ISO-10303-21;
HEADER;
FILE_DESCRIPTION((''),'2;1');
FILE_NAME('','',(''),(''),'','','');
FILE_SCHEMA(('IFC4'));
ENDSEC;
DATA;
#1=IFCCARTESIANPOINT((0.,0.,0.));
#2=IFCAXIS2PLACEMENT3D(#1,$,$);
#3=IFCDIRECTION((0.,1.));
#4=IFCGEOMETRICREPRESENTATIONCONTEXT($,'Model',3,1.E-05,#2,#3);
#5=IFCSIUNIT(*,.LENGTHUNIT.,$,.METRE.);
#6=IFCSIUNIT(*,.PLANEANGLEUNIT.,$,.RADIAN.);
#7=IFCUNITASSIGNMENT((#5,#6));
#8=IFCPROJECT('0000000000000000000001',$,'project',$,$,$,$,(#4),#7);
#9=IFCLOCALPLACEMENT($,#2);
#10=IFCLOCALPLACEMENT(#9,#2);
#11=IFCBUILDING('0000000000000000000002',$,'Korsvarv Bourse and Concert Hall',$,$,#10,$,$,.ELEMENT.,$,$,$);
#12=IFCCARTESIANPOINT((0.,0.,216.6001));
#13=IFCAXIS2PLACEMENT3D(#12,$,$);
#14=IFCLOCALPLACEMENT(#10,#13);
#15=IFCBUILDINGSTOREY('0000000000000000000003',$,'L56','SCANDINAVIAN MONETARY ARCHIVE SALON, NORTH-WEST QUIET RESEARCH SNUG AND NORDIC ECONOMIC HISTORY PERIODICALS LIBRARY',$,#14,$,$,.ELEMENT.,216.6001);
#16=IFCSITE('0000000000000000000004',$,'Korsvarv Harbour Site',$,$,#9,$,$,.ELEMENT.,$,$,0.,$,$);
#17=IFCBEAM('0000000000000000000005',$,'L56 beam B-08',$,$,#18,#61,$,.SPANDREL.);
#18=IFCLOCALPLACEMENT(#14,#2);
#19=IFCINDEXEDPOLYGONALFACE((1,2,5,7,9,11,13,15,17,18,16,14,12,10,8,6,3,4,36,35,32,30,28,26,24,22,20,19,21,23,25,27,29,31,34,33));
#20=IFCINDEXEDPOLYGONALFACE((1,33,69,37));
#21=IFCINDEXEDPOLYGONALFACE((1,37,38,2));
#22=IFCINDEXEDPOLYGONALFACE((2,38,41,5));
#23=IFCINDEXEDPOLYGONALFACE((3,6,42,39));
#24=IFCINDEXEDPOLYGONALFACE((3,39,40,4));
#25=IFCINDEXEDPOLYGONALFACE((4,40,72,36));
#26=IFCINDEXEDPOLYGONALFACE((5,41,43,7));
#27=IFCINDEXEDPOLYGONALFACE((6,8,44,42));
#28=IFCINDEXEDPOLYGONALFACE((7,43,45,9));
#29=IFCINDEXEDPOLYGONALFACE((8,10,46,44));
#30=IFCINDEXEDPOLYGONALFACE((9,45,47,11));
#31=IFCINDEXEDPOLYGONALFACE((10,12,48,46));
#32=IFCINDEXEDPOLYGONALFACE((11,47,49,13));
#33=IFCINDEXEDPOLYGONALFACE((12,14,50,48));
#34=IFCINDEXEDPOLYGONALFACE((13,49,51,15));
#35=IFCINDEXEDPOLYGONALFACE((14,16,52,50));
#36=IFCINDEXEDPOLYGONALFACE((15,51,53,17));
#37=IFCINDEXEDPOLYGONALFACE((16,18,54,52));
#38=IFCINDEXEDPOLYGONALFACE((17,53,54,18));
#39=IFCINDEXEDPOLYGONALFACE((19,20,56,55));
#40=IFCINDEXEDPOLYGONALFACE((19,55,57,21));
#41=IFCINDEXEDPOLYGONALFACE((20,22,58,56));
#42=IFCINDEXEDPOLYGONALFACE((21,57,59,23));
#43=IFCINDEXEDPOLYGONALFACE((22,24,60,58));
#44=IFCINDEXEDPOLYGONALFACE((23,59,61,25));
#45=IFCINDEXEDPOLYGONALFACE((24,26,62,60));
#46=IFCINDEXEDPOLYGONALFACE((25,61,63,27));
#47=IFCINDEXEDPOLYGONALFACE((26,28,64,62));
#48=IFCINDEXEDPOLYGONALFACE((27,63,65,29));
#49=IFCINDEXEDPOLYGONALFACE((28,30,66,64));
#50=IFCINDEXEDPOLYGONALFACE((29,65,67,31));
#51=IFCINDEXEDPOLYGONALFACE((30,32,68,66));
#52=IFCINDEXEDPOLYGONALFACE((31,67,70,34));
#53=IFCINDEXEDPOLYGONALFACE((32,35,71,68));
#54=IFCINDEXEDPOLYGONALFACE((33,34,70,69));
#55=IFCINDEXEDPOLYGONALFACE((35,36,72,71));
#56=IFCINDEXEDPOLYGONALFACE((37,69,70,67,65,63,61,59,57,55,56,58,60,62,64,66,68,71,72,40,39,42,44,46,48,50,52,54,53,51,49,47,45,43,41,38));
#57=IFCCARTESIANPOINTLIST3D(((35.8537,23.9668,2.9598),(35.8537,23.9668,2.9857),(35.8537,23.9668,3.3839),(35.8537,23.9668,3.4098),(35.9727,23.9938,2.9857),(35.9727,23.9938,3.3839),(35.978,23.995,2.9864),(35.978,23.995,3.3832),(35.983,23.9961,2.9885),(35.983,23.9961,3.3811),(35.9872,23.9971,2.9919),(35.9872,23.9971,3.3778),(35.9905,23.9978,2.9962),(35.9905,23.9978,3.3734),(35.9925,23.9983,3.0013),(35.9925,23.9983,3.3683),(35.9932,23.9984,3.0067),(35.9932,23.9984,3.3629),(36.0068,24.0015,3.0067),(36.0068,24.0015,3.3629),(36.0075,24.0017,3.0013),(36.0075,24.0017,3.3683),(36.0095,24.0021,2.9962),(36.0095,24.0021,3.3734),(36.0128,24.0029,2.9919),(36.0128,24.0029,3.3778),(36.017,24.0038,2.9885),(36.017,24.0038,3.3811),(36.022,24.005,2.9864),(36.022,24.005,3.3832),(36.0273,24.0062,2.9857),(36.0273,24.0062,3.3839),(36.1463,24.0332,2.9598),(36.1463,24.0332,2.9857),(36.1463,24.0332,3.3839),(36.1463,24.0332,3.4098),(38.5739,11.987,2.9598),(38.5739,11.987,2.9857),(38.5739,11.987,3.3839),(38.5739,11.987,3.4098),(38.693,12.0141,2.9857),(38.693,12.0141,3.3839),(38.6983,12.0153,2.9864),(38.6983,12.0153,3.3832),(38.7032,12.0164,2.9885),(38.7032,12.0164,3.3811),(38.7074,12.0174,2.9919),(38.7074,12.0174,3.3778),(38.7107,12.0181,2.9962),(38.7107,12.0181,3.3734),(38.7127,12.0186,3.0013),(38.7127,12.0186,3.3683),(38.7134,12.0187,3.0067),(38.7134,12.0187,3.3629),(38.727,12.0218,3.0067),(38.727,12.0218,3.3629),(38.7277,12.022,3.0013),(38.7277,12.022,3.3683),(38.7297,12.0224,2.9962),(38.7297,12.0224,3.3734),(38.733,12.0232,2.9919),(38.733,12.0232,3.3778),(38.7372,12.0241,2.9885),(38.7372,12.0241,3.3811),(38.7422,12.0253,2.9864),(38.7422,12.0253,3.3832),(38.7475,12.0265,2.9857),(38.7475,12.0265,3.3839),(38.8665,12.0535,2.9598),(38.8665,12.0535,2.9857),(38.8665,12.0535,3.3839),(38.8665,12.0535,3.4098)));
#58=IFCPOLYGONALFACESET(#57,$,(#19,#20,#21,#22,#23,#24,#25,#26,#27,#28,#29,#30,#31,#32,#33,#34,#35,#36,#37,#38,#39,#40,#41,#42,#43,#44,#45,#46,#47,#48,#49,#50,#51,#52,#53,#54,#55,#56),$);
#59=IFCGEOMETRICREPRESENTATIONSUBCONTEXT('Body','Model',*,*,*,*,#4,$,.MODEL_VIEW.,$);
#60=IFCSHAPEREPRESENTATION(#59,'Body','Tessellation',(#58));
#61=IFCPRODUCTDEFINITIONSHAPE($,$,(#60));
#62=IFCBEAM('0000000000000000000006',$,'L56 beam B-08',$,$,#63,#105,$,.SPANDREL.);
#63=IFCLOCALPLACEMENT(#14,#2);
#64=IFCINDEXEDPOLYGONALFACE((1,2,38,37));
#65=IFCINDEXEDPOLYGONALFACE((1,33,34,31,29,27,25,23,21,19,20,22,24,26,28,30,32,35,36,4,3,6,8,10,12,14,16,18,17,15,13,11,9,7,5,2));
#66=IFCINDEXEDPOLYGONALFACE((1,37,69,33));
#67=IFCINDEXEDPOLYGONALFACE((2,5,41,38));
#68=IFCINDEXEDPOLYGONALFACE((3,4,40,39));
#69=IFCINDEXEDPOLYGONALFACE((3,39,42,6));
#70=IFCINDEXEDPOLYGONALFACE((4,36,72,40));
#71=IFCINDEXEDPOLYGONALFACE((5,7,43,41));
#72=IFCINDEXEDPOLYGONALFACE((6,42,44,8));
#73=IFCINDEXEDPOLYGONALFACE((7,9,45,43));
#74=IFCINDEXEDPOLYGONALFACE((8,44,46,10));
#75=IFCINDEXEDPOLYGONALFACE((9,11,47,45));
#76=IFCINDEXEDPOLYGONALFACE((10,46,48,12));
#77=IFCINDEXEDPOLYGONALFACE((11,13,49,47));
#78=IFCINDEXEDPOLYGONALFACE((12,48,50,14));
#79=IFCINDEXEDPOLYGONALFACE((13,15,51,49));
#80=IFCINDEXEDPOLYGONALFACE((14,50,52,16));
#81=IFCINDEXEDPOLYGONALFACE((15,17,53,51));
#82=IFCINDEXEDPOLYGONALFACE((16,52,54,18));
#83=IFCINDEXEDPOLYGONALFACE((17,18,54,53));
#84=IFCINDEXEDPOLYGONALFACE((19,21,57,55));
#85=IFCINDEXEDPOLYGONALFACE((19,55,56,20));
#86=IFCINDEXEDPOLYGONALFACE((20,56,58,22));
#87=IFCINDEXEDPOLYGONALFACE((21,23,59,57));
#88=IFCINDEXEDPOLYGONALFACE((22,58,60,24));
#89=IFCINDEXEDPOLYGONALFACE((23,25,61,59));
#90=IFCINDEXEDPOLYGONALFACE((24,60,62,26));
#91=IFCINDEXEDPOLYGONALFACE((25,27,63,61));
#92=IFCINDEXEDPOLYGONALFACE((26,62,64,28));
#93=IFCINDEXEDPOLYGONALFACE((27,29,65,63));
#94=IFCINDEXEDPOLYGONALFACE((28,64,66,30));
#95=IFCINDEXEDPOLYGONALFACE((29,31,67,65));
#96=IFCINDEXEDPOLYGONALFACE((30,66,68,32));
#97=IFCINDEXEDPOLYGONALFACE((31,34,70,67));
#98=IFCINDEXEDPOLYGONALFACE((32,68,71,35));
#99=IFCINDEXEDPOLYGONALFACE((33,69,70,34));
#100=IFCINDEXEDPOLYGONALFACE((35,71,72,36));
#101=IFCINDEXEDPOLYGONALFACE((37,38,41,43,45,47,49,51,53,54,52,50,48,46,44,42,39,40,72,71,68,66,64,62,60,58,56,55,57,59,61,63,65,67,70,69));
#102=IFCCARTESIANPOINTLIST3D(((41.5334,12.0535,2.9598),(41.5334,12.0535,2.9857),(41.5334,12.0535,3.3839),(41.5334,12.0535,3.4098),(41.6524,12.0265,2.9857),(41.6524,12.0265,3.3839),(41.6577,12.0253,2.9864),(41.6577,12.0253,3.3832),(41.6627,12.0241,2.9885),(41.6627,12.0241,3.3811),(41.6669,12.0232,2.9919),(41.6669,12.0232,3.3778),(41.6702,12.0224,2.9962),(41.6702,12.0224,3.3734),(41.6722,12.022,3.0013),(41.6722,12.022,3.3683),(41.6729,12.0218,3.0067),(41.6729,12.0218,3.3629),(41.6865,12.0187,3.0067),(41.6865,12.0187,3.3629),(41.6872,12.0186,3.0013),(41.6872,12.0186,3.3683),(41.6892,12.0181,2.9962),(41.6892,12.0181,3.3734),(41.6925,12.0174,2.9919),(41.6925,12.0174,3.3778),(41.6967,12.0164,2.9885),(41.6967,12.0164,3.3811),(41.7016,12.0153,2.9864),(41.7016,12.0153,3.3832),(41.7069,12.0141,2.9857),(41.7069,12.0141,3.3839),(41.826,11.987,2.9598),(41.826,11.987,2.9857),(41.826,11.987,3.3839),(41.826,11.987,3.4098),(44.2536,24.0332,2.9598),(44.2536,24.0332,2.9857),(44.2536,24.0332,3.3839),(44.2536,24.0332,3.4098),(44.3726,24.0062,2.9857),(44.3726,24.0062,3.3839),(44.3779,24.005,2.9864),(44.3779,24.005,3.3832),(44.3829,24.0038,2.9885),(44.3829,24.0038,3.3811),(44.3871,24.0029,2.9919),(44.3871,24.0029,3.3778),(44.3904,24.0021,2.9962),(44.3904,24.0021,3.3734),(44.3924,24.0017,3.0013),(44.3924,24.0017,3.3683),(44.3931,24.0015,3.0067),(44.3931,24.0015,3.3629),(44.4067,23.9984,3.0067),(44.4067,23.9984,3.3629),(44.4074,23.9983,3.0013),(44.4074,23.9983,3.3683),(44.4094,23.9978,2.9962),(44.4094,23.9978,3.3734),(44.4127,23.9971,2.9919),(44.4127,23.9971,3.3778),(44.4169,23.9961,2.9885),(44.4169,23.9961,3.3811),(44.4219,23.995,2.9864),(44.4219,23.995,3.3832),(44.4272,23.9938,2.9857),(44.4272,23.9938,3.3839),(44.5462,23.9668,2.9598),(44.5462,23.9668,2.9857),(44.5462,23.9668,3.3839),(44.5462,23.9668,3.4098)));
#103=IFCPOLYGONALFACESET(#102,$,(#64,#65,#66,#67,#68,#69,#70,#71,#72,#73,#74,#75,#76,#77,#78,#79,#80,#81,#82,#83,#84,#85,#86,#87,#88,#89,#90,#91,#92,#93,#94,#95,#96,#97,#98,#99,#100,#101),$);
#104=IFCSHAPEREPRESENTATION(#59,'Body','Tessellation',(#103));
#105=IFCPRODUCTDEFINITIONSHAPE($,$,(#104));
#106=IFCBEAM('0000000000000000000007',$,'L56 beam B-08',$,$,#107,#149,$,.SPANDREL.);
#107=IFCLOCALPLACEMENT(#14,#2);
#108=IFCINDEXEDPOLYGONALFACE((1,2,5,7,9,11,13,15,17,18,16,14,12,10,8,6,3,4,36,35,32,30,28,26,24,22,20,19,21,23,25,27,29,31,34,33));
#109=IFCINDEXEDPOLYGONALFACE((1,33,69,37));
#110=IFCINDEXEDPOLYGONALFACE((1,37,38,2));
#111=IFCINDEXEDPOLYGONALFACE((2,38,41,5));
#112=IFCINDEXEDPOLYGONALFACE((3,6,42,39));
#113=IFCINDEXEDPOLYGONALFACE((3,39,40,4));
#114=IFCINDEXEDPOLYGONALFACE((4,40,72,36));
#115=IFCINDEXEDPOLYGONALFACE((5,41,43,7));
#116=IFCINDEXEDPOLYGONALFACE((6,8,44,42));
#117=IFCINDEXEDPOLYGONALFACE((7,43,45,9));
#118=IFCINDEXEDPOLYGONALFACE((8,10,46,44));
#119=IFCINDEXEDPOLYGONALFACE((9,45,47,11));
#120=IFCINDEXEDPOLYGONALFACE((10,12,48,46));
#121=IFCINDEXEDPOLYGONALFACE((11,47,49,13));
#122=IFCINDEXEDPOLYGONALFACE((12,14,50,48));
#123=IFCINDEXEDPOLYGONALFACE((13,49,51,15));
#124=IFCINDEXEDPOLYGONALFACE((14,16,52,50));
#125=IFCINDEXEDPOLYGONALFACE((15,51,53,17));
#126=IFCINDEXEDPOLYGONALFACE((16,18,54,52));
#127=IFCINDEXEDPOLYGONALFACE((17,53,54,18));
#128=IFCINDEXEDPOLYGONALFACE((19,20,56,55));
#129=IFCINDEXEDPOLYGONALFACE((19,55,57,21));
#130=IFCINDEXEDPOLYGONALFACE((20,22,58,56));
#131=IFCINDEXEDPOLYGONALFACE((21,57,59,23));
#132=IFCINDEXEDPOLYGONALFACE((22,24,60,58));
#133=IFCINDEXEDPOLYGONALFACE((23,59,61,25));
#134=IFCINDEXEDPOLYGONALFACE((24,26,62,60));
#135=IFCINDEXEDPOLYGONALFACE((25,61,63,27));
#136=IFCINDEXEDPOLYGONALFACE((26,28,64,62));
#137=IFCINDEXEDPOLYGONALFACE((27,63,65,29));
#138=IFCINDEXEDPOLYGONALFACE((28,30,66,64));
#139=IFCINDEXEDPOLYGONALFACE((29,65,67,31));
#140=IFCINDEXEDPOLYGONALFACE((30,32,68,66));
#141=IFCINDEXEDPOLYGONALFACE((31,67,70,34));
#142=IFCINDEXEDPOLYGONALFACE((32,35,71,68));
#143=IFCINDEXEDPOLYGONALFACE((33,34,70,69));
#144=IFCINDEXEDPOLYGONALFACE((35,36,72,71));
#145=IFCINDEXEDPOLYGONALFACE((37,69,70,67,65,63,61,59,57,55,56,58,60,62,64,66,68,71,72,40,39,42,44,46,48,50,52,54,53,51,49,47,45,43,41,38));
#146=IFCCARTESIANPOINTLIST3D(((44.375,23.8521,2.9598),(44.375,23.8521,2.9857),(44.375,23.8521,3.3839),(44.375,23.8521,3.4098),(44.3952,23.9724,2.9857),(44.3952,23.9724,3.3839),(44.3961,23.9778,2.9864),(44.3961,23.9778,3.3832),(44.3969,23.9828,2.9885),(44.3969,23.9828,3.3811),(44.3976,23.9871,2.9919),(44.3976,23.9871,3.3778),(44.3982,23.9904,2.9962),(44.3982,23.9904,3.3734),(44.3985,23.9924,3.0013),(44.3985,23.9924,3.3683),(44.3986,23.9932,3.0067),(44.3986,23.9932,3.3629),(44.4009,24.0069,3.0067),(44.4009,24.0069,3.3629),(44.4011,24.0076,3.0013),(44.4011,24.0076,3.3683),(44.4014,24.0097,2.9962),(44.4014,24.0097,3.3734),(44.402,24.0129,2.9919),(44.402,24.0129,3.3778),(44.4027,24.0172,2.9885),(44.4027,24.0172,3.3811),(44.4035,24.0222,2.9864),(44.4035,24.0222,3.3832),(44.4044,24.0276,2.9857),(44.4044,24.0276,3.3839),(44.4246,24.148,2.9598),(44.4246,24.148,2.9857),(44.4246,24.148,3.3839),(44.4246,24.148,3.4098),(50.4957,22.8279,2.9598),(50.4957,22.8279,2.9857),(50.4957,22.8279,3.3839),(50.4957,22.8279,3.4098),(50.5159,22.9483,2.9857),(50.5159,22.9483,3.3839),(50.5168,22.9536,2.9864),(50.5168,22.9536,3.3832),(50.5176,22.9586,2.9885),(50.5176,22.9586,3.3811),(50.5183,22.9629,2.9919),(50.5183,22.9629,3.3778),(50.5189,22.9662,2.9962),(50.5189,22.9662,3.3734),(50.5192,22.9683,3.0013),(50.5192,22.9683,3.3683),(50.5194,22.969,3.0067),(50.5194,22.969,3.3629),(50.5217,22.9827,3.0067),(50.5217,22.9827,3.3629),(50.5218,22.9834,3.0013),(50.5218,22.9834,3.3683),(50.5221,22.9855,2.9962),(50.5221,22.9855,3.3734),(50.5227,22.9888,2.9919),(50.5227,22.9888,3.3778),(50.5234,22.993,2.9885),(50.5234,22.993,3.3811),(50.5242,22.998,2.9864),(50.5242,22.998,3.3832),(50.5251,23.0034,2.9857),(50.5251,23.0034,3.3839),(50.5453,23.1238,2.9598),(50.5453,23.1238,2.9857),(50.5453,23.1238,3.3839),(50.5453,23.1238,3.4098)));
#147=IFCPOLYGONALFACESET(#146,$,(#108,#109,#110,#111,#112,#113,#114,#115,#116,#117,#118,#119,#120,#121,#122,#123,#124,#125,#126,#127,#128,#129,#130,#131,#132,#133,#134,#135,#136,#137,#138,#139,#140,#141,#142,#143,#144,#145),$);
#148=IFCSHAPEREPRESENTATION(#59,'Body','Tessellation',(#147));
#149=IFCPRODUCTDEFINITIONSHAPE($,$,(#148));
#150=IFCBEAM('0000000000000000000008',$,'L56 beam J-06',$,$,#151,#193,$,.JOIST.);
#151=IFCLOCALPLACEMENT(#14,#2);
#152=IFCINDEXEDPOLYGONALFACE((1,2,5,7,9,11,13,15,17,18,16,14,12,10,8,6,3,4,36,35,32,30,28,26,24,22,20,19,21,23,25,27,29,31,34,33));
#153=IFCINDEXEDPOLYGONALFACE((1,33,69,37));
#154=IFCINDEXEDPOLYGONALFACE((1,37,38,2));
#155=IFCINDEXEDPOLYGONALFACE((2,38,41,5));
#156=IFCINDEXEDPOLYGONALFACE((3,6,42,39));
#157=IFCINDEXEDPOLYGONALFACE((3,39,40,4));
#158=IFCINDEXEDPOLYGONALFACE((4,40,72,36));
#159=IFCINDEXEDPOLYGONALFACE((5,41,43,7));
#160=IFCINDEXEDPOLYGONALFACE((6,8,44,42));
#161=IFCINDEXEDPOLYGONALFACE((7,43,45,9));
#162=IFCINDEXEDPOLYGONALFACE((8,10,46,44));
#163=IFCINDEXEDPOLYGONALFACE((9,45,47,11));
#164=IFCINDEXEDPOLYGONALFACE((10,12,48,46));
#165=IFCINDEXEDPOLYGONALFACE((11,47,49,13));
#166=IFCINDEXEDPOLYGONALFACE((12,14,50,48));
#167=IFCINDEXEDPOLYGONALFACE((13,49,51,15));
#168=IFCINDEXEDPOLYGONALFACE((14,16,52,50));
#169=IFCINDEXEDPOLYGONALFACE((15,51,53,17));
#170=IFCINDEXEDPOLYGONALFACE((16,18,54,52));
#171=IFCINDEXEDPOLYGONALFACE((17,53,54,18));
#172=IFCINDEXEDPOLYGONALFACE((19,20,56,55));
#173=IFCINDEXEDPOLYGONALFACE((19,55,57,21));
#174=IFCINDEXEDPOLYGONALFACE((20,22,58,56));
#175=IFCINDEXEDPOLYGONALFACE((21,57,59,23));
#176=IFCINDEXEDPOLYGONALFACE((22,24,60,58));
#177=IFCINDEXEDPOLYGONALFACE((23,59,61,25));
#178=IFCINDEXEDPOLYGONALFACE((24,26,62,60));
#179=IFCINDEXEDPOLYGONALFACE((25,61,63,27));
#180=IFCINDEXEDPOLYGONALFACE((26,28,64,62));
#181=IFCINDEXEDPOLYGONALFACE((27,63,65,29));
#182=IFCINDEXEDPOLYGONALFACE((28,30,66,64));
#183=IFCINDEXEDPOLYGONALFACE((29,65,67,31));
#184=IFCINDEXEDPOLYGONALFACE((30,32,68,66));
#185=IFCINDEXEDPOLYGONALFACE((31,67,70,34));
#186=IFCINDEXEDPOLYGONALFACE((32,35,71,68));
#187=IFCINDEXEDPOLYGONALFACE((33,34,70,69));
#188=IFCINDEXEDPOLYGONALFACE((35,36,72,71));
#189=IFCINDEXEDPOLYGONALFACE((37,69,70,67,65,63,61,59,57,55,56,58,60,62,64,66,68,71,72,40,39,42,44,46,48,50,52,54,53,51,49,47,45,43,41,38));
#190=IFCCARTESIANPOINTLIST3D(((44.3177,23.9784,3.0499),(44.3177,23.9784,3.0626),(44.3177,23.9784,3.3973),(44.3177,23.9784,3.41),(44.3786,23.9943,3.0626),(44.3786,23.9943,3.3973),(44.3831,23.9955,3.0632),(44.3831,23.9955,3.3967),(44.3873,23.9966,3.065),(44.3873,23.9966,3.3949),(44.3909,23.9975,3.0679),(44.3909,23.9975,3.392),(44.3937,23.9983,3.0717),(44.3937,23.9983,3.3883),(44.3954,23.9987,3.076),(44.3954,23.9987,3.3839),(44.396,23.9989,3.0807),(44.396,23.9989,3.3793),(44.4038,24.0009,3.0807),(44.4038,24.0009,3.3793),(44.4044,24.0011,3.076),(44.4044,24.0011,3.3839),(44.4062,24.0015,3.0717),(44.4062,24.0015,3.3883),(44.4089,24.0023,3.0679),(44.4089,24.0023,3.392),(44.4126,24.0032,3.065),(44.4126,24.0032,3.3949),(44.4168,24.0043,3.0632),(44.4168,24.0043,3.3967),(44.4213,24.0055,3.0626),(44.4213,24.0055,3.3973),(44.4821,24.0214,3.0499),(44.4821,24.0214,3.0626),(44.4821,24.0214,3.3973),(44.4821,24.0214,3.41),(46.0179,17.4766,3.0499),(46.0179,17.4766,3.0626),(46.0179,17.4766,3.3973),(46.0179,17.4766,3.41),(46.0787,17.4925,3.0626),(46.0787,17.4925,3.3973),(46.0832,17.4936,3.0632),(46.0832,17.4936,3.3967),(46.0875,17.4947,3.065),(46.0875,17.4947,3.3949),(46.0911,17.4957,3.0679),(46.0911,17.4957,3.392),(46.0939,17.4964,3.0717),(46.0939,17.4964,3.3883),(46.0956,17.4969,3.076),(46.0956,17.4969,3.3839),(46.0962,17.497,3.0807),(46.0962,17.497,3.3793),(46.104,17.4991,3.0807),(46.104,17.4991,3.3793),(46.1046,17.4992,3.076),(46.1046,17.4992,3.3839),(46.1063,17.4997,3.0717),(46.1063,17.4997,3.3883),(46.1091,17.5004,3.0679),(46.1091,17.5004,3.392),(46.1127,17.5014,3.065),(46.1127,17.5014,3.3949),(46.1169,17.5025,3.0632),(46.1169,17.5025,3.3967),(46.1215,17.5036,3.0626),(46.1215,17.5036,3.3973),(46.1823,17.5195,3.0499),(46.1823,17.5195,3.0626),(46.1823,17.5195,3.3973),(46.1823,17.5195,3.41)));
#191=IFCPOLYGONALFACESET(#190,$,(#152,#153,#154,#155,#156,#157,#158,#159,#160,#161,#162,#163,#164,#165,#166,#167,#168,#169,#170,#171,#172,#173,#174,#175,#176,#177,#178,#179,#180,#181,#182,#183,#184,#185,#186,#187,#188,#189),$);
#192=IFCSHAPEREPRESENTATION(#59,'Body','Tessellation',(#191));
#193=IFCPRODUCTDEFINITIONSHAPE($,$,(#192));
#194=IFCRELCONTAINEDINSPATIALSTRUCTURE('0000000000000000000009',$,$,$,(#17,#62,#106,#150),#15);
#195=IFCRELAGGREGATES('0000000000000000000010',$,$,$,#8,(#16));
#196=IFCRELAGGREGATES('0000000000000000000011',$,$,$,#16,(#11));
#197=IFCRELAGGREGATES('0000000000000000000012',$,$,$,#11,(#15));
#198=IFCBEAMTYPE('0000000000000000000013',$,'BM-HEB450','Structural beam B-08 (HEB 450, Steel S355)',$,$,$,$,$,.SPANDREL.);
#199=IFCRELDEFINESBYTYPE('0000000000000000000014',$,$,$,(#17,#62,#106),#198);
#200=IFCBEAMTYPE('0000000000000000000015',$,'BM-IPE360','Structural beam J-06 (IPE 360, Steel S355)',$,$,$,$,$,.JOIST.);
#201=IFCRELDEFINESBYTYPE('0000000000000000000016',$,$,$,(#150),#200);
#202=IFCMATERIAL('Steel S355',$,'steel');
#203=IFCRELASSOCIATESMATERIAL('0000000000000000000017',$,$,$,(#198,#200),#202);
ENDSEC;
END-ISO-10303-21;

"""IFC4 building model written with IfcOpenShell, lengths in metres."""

from ifc_helpers import new_model, si_unit, direction, frame, origin, origin_2d, place, context, subcontext, project, spatial, i_section, extrude, source, transform, mapped, material, material_profile, profile_set, type_object, element, save


model = new_model("IFC4")

# Units and contexts
model_context = context("Model", 3, precision=1e-05, world=origin(), true_north=direction((0.0, 1.0)))
body_context = subcontext(model_context, "Body", "Model", "MODEL_VIEW")
ifc_project = project(units=[si_unit("LENGTHUNIT", "METRE"), si_unit("PLANEANGLEUNIT", "RADIAN")], contexts=[model_context])

# Site, building, storey
site_placement = place(None, origin())
site = spatial("IfcSite", under=ifc_project, at=site_placement, Name="Korsvarv Harbour Site", CompositionType="ELEMENT", RefElevation=0.0)
building_placement = place(site_placement, origin())
building = spatial("IfcBuilding", under=site, at=building_placement, Name="Korsvarv Bourse and Concert Hall", CompositionType="ELEMENT")
storey_placement = place(building_placement, frame((0.0, 0.0, 216.6001)))
storey = spatial("IfcBuildingStorey", under=building, at=storey_placement, Name="L56", Description="SCANDINAVIAN MONETARY ARCHIVE SALON, NORTH-WEST QUIET RESEARCH SNUG AND NORDIC ECONOMIC HISTORY PERIODICALS LIBRARY", CompositionType="ELEMENT", Elevation=216.6001)

# Shared definitions
ifc_material_1 = material(Name="Steel S355", Category="steel")

# Beams
ifc_material_profile_1 = material_profile(ifc_material_1, i_section(OverallWidth=0.3, OverallDepth=0.45, WebThickness=0.0139, FlangeThickness=0.0259, FilletRadius=0.021, at=origin_2d()), Name="HEB 450")
ifc_profile_set_1 = profile_set([ifc_material_profile_1], Name="Steel S355")
beam_type_1 = type_object("IfcBeamType", Name="BM-HEB450", Description="Structural beam B-08 (HEB 450, Steel S355)", PredefinedType="SPANDREL", material=ifc_profile_set_1)
shared_shape_1 = source(origin(), body_context, "Body", "SweptSolid", [
    extrude(i_section(OverallWidth=0.3, OverallDepth=0.45, WebThickness=0.0139, FlangeThickness=0.0259, FilletRadius=0.021, at=origin_2d()), origin(), (0.0, 0.0, 1.0), 12.2847),
])
for number, where, z_axis, x_axis, name in (
    (1, (38.7202, 12.0203, 3.1848), (-0.221431, 0.975176, 0.0), (-0.975176, -0.221431, 0.0), "L56 beam B-08"),
    (2, (41.6797, 12.0203, 3.1848), (0.221431, 0.975176, 0.0), (-0.975176, 0.221431, 0.0), "L56 beam B-08"),
):
    element("IfcBeam", number, at=place(storey_placement, frame(where, z_axis=z_axis, x_axis=x_axis)), inside=storey, type_object=beam_type_1, Name=name, PredefinedType="SPANDREL", context=body_context, shape_type="MappedRepresentation", body=[
        mapped(shared_shape_1, transform((0.0, 0.0, 0.0), scale=1.0)),
    ])
shared_shape_2 = source(origin(), body_context, "Body", "SweptSolid", [
    extrude(i_section(OverallWidth=0.3, OverallDepth=0.45, WebThickness=0.0139, FlangeThickness=0.0259, FilletRadius=0.021, at=origin_2d()), origin(), (0.0, 0.0, 1.0), 6.2058),
])
beam_1_placement = place(storey_placement, frame((50.5205, 22.9758, 3.1848), z_axis=(-0.986287, 0.165037, 0.0), x_axis=(-0.165037, -0.986287, 0.0)))
element("IfcBeam", 3, at=beam_1_placement, inside=storey, type_object=beam_type_1, Name="L56 beam B-08", PredefinedType="SPANDREL", context=body_context, shape_type="MappedRepresentation", body=[
    mapped(shared_shape_2, transform((0.0, 0.0, 0.0), scale=1.0)),
])
ifc_material_profile_2 = material_profile(ifc_material_1, i_section(OverallWidth=0.1699, OverallDepth=0.3601, WebThickness=0.0081, FlangeThickness=0.0127, FilletRadius=0.0181, at=origin_2d()), Name="IPE 360")
ifc_profile_set_2 = profile_set([ifc_material_profile_2], Name="Steel S355")
beam_type_2 = type_object("IfcBeamType", Name="BM-IPE360", Description="Structural beam J-06 (IPE 360, Steel S355)", PredefinedType="JOIST", material=ifc_profile_set_2)
shared_shape_3 = source(origin(), body_context, "Body", "SweptSolid", [
    extrude(i_section(OverallWidth=0.1699, OverallDepth=0.3601, WebThickness=0.0081, FlangeThickness=0.0127, FilletRadius=0.0181, at=origin_2d()), origin(), (0.0, 0.0, 1.0), 6.7205),
])
beam_2_placement = place(storey_placement, frame((46.1001, 17.498, 3.23), z_axis=(-0.252984, 0.967471, 0.0), x_axis=(-0.967471, -0.252984, 0.0)))
element("IfcBeam", 4, at=beam_2_placement, inside=storey, type_object=beam_type_2, Name="L56 beam J-06", PredefinedType="JOIST", context=body_context, shape_type="MappedRepresentation", body=[
    mapped(shared_shape_3, transform((0.0, 0.0, 0.0), scale=1.0)),
])

save(model, "model.ifc")
